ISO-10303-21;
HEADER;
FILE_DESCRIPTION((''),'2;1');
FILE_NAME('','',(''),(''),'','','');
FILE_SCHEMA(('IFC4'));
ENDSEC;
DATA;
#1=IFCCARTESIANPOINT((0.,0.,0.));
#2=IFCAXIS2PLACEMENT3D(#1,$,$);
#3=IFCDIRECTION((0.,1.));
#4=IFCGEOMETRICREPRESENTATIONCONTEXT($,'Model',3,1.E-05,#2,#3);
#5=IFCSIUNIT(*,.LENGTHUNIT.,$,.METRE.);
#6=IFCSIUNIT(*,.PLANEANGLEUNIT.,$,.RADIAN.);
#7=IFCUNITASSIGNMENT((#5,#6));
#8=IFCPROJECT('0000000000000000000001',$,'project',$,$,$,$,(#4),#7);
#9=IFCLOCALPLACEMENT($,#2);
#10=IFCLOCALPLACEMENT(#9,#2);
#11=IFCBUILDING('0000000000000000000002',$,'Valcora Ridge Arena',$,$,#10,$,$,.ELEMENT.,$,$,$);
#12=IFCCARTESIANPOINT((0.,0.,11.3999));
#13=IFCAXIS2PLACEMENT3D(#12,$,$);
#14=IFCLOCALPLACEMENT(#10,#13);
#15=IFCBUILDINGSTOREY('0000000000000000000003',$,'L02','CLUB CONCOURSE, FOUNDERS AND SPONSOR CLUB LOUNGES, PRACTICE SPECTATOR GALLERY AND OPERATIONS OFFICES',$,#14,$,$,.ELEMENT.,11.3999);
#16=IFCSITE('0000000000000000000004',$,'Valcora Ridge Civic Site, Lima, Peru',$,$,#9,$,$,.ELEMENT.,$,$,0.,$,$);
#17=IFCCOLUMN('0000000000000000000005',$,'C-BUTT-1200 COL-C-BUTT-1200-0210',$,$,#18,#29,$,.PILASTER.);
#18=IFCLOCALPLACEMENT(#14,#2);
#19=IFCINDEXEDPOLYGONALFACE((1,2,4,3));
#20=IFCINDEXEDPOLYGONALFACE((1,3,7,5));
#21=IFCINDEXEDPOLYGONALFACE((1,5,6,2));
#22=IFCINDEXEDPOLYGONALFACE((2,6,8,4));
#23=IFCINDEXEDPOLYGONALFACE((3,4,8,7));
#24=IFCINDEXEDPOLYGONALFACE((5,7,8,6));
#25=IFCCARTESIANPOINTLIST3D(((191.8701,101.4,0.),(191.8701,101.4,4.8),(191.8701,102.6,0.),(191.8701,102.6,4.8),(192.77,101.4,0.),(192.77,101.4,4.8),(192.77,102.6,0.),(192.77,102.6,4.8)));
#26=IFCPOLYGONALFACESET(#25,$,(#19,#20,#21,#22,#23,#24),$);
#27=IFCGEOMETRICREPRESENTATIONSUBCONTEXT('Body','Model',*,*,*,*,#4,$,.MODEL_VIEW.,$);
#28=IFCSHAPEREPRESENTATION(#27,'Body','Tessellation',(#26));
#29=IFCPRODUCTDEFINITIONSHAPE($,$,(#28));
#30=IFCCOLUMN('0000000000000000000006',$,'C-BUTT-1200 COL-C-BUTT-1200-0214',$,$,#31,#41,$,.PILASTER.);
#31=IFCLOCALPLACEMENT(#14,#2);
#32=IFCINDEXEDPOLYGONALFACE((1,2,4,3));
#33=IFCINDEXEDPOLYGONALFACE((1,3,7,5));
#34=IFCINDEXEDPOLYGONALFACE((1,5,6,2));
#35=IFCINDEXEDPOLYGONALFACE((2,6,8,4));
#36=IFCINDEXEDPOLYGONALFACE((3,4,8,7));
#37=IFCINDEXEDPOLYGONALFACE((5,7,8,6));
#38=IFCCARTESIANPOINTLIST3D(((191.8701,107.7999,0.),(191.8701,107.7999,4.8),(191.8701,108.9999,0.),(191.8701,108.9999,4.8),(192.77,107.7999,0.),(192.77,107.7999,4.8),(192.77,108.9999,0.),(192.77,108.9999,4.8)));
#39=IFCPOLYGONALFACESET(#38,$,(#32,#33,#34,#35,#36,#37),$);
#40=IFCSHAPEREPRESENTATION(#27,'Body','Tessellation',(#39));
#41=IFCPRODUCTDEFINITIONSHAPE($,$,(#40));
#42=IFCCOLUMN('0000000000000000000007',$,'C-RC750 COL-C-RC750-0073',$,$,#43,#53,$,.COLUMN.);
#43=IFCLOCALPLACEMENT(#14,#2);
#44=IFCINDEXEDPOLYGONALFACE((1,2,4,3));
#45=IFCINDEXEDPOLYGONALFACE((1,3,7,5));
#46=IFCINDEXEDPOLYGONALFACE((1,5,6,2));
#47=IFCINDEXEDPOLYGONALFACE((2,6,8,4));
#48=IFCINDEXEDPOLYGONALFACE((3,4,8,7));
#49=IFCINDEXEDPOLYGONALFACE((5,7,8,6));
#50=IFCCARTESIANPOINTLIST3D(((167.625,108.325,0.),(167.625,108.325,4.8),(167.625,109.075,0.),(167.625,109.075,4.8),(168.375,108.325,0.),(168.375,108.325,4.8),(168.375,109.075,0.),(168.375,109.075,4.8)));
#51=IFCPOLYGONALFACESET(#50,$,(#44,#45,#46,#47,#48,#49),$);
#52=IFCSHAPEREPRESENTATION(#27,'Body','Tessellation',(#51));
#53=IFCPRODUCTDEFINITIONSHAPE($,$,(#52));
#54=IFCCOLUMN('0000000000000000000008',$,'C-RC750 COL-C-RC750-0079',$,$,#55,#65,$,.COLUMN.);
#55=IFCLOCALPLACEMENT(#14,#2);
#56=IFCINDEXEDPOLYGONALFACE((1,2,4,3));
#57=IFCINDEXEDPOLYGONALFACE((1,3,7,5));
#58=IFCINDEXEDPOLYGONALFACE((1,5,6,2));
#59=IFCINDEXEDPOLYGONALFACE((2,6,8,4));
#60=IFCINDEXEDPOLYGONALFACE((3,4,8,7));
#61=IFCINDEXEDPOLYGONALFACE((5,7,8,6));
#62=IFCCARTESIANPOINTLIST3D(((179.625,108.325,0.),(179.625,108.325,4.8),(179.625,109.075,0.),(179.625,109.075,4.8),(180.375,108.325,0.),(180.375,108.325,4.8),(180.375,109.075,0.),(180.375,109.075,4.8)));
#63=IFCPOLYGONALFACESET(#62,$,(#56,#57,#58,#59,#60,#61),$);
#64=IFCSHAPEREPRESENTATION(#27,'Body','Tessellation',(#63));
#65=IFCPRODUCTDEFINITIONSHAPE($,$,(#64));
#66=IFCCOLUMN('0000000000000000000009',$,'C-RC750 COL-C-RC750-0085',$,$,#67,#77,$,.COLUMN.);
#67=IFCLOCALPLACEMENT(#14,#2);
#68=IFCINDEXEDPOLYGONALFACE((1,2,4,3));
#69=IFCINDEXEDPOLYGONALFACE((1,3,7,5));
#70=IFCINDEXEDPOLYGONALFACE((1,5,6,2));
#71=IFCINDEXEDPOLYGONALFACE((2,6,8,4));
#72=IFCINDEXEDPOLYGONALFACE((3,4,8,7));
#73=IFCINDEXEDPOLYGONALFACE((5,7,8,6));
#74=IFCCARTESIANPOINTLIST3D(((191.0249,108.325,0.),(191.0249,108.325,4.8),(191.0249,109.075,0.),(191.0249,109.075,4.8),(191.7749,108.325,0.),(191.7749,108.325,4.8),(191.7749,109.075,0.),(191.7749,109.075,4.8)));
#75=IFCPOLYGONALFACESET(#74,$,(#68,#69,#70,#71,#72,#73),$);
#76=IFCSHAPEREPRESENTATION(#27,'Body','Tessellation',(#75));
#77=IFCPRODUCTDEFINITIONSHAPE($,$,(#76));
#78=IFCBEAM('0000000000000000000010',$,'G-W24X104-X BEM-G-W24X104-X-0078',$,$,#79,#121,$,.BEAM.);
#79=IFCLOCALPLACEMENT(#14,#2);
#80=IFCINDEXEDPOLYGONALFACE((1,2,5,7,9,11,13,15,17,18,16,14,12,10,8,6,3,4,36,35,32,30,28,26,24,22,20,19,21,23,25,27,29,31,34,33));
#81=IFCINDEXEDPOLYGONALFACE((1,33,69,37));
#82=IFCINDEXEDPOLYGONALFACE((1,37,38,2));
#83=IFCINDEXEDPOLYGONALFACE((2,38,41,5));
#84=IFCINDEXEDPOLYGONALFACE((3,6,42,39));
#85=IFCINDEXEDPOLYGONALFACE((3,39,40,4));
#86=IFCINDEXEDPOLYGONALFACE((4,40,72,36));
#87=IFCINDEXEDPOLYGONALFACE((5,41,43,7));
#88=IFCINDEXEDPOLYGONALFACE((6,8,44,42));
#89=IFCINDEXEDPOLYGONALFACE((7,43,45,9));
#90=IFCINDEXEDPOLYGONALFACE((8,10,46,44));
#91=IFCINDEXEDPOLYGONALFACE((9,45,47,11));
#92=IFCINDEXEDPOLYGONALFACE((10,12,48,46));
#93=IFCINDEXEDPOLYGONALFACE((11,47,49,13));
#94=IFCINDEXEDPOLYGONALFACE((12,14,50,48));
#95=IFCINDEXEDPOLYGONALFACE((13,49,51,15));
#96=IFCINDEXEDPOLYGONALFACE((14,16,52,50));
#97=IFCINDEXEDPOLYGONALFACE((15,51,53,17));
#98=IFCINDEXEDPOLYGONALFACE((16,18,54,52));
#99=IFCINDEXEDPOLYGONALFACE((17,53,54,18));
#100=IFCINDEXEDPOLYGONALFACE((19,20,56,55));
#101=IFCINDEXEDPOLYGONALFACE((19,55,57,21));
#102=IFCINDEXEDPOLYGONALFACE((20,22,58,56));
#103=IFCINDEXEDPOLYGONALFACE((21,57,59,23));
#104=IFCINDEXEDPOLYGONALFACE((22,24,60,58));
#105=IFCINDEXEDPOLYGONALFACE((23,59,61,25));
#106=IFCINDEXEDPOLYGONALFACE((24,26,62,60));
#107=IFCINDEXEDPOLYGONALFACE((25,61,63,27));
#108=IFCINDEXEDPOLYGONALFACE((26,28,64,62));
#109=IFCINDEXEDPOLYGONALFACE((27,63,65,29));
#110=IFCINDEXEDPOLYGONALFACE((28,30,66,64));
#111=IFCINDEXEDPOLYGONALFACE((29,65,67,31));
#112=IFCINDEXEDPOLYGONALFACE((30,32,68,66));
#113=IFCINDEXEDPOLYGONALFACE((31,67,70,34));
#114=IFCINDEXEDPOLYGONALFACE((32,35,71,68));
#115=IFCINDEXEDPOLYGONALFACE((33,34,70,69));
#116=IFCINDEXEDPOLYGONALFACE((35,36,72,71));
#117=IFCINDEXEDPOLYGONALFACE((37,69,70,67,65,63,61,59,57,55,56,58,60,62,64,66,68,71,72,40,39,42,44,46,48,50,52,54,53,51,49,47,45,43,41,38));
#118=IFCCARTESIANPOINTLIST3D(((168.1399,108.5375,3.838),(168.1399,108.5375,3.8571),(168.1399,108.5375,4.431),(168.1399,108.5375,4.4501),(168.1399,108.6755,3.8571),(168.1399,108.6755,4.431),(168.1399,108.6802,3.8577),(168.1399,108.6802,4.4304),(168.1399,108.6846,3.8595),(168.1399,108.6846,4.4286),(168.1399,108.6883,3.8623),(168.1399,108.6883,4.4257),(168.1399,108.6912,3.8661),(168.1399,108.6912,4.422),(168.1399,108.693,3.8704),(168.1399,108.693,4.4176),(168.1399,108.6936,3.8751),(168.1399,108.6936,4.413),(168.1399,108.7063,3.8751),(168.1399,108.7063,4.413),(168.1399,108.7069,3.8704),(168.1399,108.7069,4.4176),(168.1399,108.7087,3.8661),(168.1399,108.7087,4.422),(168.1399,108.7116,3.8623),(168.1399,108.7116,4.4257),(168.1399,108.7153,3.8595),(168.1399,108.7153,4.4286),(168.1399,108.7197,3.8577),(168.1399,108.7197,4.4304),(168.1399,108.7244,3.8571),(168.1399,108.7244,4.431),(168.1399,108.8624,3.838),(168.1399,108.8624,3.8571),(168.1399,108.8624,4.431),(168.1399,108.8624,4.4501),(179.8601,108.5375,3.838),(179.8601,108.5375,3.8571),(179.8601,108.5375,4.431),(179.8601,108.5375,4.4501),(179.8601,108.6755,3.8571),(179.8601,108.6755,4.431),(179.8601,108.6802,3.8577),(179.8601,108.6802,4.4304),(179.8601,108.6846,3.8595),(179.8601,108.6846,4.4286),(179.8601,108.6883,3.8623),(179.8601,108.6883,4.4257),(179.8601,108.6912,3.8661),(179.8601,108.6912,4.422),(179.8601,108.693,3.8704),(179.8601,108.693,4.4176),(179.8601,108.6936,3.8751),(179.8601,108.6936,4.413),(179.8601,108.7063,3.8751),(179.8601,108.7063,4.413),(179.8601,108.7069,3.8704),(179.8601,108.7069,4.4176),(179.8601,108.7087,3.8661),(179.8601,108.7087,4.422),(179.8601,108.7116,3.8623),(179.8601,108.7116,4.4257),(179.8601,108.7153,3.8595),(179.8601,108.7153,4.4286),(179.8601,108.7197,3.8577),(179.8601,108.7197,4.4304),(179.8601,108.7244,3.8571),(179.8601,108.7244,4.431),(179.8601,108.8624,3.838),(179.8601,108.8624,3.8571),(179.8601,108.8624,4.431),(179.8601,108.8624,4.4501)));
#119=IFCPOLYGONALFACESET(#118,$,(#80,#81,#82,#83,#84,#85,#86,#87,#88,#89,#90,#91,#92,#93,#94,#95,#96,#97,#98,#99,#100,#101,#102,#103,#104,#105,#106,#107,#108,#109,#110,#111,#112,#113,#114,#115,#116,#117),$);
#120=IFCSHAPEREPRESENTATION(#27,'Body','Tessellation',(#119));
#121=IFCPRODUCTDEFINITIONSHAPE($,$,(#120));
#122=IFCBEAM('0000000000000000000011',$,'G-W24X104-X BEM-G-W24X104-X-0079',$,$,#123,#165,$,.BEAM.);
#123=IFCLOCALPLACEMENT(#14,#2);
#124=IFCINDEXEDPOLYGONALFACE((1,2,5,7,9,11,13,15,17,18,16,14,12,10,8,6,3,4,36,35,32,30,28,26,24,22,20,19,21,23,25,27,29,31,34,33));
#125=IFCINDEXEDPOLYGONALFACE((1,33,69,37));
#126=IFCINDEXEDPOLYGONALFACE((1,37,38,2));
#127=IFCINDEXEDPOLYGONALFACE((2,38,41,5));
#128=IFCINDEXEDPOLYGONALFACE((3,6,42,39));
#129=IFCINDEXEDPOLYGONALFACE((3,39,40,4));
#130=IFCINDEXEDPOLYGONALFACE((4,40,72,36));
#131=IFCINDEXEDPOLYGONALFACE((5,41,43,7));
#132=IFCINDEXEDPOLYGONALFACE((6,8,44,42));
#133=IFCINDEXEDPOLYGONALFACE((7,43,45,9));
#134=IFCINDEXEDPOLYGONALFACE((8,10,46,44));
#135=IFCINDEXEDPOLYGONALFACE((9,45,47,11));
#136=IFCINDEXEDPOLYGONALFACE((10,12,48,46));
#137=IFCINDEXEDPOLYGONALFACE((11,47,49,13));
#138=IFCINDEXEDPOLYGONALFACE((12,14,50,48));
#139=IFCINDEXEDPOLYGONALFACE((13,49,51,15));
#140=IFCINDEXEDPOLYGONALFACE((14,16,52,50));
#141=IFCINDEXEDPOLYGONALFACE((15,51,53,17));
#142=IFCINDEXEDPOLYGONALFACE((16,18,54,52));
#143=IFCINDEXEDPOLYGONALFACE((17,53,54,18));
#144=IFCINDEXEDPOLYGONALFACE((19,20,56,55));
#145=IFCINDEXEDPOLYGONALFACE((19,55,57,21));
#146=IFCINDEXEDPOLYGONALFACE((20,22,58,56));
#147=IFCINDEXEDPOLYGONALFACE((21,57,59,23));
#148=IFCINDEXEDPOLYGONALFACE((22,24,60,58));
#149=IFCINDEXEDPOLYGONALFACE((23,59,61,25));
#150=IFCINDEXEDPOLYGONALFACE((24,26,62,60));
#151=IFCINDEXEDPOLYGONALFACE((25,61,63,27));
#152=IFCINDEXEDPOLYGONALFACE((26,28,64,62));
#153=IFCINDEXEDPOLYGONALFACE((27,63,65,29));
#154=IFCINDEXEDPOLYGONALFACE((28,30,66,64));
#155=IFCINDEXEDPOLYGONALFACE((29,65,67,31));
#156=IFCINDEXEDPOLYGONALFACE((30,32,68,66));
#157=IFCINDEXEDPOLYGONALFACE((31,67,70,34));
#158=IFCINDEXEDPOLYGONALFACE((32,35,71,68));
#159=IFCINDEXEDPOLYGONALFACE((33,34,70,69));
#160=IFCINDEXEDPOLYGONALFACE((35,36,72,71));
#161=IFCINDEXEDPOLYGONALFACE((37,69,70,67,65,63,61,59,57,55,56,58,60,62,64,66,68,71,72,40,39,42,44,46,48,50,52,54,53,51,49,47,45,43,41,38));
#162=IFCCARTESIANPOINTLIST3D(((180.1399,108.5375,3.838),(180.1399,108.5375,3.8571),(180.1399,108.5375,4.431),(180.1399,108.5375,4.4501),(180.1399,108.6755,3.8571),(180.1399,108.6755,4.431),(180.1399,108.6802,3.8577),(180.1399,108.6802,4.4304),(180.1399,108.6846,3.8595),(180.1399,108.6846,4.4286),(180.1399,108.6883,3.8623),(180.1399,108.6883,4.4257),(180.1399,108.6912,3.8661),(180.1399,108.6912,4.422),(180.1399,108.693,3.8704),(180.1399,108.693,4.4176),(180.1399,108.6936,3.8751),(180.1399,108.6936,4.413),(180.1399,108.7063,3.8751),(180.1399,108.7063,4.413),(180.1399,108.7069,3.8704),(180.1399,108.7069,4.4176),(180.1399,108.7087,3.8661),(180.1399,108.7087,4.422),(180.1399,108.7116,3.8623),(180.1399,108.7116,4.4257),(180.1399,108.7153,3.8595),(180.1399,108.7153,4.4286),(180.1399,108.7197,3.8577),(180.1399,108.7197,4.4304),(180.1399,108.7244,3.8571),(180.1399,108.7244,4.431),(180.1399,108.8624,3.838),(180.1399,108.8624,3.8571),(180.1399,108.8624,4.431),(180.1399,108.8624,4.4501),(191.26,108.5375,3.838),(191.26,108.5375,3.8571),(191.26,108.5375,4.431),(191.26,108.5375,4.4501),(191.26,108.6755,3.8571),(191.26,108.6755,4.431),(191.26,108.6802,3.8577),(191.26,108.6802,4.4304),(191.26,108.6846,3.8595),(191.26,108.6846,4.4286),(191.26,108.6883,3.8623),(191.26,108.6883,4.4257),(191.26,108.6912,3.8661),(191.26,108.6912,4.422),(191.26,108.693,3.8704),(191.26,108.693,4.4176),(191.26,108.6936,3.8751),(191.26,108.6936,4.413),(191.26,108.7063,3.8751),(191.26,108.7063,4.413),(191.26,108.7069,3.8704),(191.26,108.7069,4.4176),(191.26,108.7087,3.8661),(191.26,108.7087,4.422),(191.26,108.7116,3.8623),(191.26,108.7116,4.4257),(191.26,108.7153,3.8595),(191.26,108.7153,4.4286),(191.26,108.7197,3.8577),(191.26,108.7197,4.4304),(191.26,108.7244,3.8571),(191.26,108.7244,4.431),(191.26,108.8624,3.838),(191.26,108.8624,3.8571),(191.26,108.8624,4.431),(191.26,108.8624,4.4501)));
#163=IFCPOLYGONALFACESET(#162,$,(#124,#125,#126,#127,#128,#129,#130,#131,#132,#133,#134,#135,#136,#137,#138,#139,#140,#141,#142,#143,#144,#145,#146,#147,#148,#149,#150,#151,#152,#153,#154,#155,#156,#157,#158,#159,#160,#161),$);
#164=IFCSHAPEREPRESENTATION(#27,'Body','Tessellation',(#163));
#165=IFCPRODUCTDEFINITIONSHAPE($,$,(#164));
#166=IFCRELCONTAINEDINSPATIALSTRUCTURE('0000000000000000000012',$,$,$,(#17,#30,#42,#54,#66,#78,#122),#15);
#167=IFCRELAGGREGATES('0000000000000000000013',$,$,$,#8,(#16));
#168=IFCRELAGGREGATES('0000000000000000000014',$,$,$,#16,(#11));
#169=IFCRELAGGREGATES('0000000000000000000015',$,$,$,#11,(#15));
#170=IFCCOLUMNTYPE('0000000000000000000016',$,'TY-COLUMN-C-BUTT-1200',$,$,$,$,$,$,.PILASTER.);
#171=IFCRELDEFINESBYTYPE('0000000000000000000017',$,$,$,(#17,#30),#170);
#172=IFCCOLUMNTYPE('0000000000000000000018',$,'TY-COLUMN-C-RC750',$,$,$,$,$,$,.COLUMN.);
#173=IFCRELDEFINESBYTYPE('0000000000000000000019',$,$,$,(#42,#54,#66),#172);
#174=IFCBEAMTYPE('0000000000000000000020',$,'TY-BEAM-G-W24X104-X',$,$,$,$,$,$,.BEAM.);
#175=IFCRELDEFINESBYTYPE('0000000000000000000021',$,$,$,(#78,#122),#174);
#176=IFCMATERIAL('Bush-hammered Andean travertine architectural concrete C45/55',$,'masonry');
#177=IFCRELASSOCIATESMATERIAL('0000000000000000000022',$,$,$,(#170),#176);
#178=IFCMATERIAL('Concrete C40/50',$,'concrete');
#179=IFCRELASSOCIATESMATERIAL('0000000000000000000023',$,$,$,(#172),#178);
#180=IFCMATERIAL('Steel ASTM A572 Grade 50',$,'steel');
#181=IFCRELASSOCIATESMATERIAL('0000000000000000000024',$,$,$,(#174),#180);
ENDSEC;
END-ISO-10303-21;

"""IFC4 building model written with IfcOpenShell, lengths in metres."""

from ifc_helpers import new_model, si_unit, direction, frame, origin, origin_2d, place, context, subcontext, project, spatial, rectangle, i_section, extrude, material, material_profile, profile_set, type_object, element, save


model = new_model("IFC4")

# Units and contexts
model_context = context("Model", 3, precision=1e-05, world=origin(), true_north=direction((0.0, 1.0)))
body_context = subcontext(model_context, "Body", "Model", "MODEL_VIEW")
ifc_project = project(units=[si_unit("LENGTHUNIT", "METRE"), si_unit("PLANEANGLEUNIT", "RADIAN")], contexts=[model_context])

# Site, building, storey
site_placement = place(None, origin())
site = spatial("IfcSite", under=ifc_project, at=site_placement, Name="Valcora Ridge Civic Site, Lima, Peru", CompositionType="ELEMENT", RefElevation=0.0)
building_placement = place(site_placement, origin())
building = spatial("IfcBuilding", under=site, at=building_placement, Name="Valcora Ridge Arena", CompositionType="ELEMENT")
storey_placement = place(building_placement, frame((0.0, 0.0, 11.3999)))
storey = spatial("IfcBuildingStorey", under=building, at=storey_placement, Name="L02", Description="CLUB CONCOURSE, FOUNDERS AND SPONSOR CLUB LOUNGES, PRACTICE SPECTATOR GALLERY AND OPERATIONS OFFICES", CompositionType="ELEMENT", Elevation=11.3999)

# Columns
ifc_material_1 = material(Name="Bush-hammered Andean travertine architectural concrete C45/55", Category="masonry")
ifc_material_profile_1 = material_profile(ifc_material_1, rectangle(XDim=0.8999, YDim=1.2, at=origin_2d()), Name="RC 900x1200")
ifc_profile_set_1 = profile_set([ifc_material_profile_1], Name="Bush-hammered Andean travertine architectural concrete C45/55")
column_type_1 = type_object("IfcColumnType", Name="TY-COLUMN-C-BUTT-1200", PredefinedType="PILASTER", material=ifc_profile_set_1)
for number, where, z_axis, x_axis, name in (
    (1, (192.3201, 102.0, 0.0), (0.0, 0.0, 1.0), (1.0, 0.0, 0.0), "C-BUTT-1200 COL-C-BUTT-1200-0210"),
    (2, (192.3201, 108.3999, 0.0), (0.0, 0.0, 1.0), (1.0, 0.0, 0.0), "C-BUTT-1200 COL-C-BUTT-1200-0214"),
):
    element("IfcColumn", number, at=place(storey_placement, frame(where, z_axis=z_axis, x_axis=x_axis)), inside=storey, type_object=column_type_1, Name=name, PredefinedType="PILASTER", context=body_context, shape_type="SweptSolid", body=[
        extrude(rectangle(XDim=0.8999, YDim=1.2, at=origin_2d()), origin(), (0.0, 0.0, 1.0), 4.8),
    ])
ifc_material_2 = material(Name="Concrete C40/50", Category="concrete")
ifc_material_profile_2 = material_profile(ifc_material_2, rectangle(XDim=0.75, YDim=0.75, at=origin_2d()), Name="RC 750x750")
ifc_profile_set_2 = profile_set([ifc_material_profile_2], Name="Concrete C40/50")
column_type_2 = type_object("IfcColumnType", Name="TY-COLUMN-C-RC750", PredefinedType="COLUMN", material=ifc_profile_set_2)
for number, where, z_axis, x_axis, name in (
    (3, (168.0, 108.7, 0.0), (0.0, 0.0, 1.0), (1.0, 0.0, 0.0), "C-RC750 COL-C-RC750-0073"),
    (4, (180.0, 108.7, 0.0), (0.0, 0.0, 1.0), (1.0, 0.0, 0.0), "C-RC750 COL-C-RC750-0079"),
    (5, (191.3999, 108.7, 0.0), (0.0, 0.0, 1.0), (1.0, 0.0, 0.0), "C-RC750 COL-C-RC750-0085"),
):
    element("IfcColumn", number, at=place(storey_placement, frame(where, z_axis=z_axis, x_axis=x_axis)), inside=storey, type_object=column_type_2, Name=name, PredefinedType="COLUMN", context=body_context, shape_type="SweptSolid", body=[
        extrude(rectangle(XDim=0.75, YDim=0.75, at=origin_2d()), origin(), (0.0, 0.0, 1.0), 4.8),
    ])

# Beams
ifc_material_3 = material(Name="Steel ASTM A572 Grade 50", Category="steel")
ifc_material_profile_3 = material_profile(ifc_material_3, i_section(OverallWidth=0.325, OverallDepth=0.6121, WebThickness=0.0127, FlangeThickness=0.019, FilletRadius=0.0181, at=origin_2d()), Name="W24X104")
ifc_profile_set_3 = profile_set([ifc_material_profile_3], Name="Steel ASTM A572 Grade 50")
beam_type_1 = type_object("IfcBeamType", Name="TY-BEAM-G-W24X104-X", PredefinedType="BEAM", material=ifc_profile_set_3)
beam_1_placement = place(storey_placement, frame((168.1399, 108.7, 4.144), z_axis=(1.0, 0.0, 0.0), x_axis=(0.0, 1.0, 0.0)))
element("IfcBeam", 6, at=beam_1_placement, inside=storey, type_object=beam_type_1, Name="G-W24X104-X BEM-G-W24X104-X-0078", PredefinedType="BEAM", context=body_context, shape_type="SweptSolid", body=[
    extrude(i_section(OverallWidth=0.325, OverallDepth=0.6121, WebThickness=0.0127, FlangeThickness=0.019, FilletRadius=0.0181, at=origin_2d()), origin(), (0.0, 0.0, 1.0), 11.7202),
])
beam_2_placement = place(storey_placement, frame((180.1399, 108.7, 4.144), z_axis=(1.0, 0.0, 0.0), x_axis=(0.0, 1.0, 0.0)))
element("IfcBeam", 7, at=beam_2_placement, inside=storey, type_object=beam_type_1, Name="G-W24X104-X BEM-G-W24X104-X-0079", PredefinedType="BEAM", context=body_context, shape_type="SweptSolid", body=[
    extrude(i_section(OverallWidth=0.325, OverallDepth=0.6121, WebThickness=0.0127, FlangeThickness=0.019, FilletRadius=0.0181, at=origin_2d()), origin(), (0.0, 0.0, 1.0), 11.1201),
])

save(model, "model.ifc")
